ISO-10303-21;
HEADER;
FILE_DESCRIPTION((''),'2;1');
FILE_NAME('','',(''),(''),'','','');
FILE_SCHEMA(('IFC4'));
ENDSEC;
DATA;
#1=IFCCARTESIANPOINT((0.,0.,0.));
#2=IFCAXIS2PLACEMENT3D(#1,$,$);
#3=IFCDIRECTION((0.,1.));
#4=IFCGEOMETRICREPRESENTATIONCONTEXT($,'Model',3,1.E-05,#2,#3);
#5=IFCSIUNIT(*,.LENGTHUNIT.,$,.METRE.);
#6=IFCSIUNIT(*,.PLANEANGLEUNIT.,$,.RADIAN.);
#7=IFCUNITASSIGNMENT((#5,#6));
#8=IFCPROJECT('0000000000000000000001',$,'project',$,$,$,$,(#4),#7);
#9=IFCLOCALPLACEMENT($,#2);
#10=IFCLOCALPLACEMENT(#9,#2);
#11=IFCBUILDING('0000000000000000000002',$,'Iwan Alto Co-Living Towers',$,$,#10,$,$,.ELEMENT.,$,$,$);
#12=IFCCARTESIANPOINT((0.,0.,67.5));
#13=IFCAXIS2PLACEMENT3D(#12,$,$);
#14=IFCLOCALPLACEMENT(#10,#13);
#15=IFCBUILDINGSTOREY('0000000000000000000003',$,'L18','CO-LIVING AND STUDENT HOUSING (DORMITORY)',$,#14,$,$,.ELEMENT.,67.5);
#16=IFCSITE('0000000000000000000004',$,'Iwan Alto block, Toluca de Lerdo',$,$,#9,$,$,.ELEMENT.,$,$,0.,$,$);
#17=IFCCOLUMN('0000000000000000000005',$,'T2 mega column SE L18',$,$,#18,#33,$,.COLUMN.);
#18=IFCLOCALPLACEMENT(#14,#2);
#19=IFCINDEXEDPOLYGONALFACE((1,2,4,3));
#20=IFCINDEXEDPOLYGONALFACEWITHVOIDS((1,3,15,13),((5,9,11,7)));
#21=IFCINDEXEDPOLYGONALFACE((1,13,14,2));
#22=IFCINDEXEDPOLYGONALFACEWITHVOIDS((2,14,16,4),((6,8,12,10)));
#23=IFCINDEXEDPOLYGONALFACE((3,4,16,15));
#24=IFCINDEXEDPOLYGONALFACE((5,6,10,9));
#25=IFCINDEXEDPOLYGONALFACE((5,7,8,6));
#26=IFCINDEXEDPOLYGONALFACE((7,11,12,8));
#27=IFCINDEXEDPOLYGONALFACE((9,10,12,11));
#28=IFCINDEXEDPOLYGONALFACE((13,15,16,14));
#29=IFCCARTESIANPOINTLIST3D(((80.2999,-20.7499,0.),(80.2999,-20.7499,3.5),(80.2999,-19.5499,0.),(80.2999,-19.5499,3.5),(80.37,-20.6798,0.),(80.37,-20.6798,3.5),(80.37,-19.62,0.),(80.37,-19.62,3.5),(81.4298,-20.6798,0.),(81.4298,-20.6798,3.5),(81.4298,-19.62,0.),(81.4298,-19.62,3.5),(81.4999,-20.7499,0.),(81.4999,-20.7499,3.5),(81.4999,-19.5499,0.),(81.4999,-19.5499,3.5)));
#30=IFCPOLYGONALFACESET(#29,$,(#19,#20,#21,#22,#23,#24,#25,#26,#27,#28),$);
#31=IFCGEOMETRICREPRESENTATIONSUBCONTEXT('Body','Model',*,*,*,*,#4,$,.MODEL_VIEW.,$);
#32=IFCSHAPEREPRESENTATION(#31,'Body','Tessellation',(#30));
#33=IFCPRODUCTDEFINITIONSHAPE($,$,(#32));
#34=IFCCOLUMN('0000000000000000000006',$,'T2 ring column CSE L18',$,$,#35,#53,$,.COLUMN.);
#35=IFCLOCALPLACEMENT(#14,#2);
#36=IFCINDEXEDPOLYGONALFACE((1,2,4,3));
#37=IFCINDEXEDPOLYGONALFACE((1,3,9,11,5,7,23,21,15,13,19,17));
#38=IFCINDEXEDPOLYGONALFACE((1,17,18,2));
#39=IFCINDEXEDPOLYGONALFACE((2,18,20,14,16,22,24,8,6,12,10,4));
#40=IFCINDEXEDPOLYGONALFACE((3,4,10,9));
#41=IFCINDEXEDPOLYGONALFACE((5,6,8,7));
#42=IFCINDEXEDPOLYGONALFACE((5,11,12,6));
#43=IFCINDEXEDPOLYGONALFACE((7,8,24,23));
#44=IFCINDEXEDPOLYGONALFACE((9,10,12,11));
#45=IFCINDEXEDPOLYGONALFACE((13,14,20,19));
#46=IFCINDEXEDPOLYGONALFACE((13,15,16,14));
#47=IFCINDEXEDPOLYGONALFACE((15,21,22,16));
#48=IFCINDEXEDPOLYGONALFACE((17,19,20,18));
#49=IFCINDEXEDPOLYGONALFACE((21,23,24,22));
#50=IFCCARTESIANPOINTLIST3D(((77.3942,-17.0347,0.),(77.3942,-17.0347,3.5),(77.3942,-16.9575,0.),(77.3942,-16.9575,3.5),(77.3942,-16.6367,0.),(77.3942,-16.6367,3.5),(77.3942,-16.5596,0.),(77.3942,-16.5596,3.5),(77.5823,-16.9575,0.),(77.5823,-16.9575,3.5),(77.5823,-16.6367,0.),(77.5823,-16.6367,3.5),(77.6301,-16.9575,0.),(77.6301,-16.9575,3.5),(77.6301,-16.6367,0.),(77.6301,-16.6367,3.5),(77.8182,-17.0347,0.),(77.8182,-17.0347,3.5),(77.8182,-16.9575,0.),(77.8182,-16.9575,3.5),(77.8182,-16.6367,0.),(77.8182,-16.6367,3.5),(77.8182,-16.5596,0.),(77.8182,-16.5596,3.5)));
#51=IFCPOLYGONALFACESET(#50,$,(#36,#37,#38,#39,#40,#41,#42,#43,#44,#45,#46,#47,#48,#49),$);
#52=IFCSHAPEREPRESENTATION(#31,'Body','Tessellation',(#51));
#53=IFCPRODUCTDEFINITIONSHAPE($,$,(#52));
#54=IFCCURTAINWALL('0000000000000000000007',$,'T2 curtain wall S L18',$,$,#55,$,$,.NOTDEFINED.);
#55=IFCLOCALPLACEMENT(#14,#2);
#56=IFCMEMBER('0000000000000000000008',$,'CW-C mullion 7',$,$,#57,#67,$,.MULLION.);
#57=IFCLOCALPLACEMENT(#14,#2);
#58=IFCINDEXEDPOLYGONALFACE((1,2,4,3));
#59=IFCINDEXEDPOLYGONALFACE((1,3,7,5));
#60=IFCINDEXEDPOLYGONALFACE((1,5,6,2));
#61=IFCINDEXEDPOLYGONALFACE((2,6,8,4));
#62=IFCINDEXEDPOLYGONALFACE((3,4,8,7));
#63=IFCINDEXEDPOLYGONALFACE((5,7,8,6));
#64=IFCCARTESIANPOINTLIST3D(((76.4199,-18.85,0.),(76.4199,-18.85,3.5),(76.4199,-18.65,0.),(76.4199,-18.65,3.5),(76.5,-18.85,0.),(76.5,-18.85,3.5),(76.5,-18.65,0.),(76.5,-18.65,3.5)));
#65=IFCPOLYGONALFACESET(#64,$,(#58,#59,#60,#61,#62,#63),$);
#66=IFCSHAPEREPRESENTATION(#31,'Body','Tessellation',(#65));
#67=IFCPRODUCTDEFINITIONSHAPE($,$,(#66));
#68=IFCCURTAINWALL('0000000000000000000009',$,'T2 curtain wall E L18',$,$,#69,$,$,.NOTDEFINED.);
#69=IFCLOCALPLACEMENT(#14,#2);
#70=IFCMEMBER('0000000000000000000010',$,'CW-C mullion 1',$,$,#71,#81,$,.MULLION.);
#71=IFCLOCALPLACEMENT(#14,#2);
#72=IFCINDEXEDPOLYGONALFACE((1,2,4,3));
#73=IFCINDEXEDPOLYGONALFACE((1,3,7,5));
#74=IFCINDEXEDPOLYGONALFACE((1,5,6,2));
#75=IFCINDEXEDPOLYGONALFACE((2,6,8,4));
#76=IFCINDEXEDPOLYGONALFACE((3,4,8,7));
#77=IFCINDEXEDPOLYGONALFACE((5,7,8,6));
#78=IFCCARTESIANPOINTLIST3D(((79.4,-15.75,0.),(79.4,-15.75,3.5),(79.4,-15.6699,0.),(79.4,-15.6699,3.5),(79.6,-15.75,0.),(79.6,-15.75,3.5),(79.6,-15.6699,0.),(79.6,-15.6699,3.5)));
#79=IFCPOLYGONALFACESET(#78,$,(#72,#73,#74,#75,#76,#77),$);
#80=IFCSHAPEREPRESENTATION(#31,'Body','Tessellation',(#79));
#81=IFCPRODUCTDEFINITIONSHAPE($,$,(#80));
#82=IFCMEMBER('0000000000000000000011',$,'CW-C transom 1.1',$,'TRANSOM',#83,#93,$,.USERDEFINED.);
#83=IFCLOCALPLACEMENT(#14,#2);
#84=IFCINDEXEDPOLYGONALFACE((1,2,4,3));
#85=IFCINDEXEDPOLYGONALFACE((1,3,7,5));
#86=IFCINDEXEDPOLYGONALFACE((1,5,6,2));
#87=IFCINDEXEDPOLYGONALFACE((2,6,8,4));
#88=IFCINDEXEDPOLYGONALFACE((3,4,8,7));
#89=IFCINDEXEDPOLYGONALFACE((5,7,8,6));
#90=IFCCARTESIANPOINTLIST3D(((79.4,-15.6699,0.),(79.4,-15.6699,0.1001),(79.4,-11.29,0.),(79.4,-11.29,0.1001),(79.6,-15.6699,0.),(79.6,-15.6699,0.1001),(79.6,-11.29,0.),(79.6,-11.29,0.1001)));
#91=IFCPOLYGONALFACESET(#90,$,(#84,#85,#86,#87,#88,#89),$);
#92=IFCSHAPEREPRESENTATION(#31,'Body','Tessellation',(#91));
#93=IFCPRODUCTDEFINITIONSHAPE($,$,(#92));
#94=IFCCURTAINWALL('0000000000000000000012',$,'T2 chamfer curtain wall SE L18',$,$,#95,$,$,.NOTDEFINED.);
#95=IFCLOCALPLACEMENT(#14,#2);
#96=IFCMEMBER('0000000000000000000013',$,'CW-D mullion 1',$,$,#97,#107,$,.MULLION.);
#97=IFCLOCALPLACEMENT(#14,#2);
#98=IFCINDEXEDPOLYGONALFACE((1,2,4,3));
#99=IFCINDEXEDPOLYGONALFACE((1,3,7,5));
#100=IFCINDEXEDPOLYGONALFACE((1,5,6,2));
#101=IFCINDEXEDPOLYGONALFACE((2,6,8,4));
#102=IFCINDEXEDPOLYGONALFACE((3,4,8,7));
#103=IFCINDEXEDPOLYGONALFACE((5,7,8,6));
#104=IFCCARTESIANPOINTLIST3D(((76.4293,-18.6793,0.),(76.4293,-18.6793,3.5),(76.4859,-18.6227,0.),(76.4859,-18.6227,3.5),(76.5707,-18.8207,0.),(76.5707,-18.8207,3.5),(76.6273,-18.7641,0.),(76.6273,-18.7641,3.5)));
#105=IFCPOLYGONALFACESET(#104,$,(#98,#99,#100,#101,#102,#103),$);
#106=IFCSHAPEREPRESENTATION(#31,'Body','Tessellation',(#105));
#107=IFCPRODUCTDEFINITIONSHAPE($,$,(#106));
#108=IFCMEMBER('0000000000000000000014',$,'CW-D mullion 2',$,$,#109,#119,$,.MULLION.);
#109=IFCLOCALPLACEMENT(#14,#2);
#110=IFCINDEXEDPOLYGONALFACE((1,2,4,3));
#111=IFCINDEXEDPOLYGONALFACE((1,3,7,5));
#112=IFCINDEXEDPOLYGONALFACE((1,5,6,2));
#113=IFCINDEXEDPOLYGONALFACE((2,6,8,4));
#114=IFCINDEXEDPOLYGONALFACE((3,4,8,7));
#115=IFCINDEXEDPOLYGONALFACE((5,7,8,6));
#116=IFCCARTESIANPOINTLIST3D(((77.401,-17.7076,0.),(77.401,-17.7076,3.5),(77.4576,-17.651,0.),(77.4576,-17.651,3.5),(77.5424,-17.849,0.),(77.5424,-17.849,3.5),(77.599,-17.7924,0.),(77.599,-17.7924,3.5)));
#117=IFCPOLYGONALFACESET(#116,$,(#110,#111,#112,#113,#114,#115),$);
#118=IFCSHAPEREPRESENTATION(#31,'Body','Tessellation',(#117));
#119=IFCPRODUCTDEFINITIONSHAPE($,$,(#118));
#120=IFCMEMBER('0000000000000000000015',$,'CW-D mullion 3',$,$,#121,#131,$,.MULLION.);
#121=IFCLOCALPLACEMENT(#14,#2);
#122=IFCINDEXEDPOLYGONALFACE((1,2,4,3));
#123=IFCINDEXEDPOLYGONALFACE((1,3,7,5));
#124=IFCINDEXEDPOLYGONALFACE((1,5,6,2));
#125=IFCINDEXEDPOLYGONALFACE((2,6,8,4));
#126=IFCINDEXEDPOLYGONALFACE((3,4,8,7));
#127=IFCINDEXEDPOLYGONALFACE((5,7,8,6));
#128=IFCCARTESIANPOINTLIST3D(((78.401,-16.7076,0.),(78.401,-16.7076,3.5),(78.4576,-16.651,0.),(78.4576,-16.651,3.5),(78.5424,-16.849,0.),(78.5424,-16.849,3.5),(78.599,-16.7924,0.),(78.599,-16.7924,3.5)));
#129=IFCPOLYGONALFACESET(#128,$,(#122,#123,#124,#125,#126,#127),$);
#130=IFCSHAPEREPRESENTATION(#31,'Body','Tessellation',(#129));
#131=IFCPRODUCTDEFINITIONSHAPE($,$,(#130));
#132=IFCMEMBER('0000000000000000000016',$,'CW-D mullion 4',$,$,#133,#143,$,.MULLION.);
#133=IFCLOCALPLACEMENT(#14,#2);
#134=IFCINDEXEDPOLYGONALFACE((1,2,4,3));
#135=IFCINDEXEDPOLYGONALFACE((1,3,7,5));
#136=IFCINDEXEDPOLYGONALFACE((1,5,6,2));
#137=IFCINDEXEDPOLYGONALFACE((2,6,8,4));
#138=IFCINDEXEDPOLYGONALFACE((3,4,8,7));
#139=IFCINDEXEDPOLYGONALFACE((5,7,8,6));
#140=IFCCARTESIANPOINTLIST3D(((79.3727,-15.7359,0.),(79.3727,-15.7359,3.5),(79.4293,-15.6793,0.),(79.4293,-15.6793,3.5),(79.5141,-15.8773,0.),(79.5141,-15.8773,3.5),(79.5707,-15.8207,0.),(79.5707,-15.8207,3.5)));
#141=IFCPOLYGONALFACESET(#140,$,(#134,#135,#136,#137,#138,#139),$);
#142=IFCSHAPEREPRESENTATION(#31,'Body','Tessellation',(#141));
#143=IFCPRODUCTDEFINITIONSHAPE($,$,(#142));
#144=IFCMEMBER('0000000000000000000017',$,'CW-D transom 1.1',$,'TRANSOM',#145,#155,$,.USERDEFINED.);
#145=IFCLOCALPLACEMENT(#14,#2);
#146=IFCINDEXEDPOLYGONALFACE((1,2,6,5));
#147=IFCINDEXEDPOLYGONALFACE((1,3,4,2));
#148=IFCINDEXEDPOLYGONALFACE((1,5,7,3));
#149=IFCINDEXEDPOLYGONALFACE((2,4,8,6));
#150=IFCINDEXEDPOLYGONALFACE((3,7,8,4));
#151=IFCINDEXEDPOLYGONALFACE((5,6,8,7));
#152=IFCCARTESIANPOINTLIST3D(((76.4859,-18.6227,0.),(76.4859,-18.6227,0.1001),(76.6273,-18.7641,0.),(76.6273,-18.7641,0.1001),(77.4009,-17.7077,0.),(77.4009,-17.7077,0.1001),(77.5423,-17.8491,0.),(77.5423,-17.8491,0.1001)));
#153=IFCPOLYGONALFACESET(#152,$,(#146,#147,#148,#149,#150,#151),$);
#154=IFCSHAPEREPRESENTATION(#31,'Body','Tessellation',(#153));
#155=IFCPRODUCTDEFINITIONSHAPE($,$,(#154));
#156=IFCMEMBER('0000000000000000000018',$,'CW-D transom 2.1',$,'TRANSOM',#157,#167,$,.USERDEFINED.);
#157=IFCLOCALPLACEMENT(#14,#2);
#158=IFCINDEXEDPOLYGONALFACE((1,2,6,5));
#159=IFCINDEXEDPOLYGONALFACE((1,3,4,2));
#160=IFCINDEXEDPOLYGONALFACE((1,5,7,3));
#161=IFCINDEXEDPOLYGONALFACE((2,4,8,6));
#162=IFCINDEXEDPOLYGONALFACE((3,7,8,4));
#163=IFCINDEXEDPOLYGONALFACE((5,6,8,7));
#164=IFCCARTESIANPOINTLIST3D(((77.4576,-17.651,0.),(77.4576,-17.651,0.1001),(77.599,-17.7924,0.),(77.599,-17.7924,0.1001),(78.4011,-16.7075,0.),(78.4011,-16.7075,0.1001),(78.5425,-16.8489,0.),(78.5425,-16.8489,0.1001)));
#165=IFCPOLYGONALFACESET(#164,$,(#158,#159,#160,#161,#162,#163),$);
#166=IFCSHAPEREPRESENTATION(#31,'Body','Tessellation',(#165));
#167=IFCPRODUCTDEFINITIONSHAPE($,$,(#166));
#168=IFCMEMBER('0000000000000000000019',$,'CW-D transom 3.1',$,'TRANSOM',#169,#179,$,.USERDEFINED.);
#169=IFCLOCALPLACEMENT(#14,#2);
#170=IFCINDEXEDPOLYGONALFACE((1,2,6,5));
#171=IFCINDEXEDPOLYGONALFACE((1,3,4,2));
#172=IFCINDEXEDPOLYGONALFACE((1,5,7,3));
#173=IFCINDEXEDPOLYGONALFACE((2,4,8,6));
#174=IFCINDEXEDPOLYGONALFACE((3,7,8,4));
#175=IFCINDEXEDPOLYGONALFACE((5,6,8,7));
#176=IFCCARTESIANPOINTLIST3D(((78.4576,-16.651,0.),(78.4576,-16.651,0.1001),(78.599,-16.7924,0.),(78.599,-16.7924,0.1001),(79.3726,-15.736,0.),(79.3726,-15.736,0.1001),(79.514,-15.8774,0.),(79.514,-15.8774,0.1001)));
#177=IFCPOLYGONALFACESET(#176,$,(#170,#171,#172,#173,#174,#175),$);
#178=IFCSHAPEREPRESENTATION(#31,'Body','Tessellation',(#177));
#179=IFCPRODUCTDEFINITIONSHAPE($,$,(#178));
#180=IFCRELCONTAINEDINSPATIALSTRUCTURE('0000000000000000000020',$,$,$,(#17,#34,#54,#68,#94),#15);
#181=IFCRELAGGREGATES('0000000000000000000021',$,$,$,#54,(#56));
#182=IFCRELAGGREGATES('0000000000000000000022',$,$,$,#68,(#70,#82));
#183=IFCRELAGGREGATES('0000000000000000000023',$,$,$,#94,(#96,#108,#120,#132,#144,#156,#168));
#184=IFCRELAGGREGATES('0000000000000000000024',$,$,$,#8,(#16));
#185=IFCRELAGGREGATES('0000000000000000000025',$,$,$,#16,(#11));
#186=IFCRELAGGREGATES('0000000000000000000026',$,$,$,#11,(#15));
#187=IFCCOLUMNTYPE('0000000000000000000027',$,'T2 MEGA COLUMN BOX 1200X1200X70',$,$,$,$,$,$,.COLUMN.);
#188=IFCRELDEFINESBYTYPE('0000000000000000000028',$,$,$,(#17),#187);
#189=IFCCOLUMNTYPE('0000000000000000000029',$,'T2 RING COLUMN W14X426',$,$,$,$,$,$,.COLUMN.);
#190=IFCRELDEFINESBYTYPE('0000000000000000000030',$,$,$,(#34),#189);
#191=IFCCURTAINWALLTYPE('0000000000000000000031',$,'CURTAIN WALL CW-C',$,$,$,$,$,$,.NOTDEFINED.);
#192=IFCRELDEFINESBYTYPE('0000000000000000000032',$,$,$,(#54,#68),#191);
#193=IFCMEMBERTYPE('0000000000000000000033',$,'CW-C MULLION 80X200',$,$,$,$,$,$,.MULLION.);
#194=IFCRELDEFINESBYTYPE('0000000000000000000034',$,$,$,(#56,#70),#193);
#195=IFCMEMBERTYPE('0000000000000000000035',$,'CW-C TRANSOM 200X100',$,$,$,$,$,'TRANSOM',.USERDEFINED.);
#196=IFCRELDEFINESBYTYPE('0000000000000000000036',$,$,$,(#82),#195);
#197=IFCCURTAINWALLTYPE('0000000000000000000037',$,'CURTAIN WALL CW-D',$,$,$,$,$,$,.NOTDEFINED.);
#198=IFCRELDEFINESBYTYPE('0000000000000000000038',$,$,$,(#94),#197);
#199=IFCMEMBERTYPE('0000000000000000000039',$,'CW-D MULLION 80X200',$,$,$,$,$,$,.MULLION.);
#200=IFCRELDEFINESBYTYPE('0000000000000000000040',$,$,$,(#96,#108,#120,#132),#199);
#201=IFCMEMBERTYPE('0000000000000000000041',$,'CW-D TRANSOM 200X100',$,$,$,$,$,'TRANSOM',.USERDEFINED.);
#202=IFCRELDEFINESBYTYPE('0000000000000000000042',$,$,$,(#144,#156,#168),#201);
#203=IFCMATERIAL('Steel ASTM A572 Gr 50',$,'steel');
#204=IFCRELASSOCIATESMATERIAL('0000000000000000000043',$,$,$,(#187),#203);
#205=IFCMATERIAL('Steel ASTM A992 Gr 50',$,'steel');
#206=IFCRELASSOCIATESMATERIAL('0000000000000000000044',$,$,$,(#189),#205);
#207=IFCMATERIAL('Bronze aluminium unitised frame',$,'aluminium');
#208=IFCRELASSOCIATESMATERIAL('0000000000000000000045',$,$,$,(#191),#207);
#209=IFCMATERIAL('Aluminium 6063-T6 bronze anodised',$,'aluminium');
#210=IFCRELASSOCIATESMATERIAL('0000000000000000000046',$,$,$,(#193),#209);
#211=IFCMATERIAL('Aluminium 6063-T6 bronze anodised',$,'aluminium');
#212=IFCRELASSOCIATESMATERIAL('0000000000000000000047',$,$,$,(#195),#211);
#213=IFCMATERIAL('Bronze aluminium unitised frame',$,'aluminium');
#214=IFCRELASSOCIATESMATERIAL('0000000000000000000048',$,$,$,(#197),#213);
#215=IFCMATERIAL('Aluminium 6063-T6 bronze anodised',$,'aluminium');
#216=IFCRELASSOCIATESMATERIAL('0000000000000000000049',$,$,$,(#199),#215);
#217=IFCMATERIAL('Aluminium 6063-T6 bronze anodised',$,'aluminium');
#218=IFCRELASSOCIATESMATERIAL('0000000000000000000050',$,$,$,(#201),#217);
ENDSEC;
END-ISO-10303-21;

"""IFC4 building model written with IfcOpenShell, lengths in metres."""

from ifc_helpers import new_model, si_unit, direction, frame, origin, origin_2d, place, context, subcontext, project, spatial, rectangle, hollow_rectangle, i_section, extrude, material, material_profile, profile_set, type_object, element, aggregate, save


model = new_model("IFC4")

# Units and contexts
model_context = context("Model", 3, precision=1e-05, world=origin(), true_north=direction((0.0, 1.0)))
body_context = subcontext(model_context, "Body", "Model", "MODEL_VIEW")
ifc_project = project(units=[si_unit("LENGTHUNIT", "METRE"), si_unit("PLANEANGLEUNIT", "RADIAN")], contexts=[model_context])

# Site, building, storey
site_placement = place(None, origin())
site = spatial("IfcSite", under=ifc_project, at=site_placement, Name="Iwan Alto block, Toluca de Lerdo", CompositionType="ELEMENT", RefElevation=0.0)
building_placement = place(site_placement, origin())
building = spatial("IfcBuilding", under=site, at=building_placement, Name="Iwan Alto Co-Living Towers", CompositionType="ELEMENT")
storey_placement = place(building_placement, frame((0.0, 0.0, 67.5)))
storey = spatial("IfcBuildingStorey", under=building, at=storey_placement, Name="L18", Description="CO-LIVING AND STUDENT HOUSING (DORMITORY)", CompositionType="ELEMENT", Elevation=67.5)

# Columns
ifc_material_1 = material(Name="Steel ASTM A572 Gr 50", Category="steel")
ifc_material_profile_1 = material_profile(ifc_material_1, hollow_rectangle(XDim=1.2, YDim=1.2, WallThickness=0.0701, at=origin_2d()), Name="BOX 1200X1200X70")
ifc_profile_set_1 = profile_set([ifc_material_profile_1], Name="Steel ASTM A572 Gr 50")
column_type_1 = type_object("IfcColumnType", Name="T2 MEGA COLUMN BOX 1200X1200X70", PredefinedType="COLUMN", material=ifc_profile_set_1)
column_1_placement = place(storey_placement, frame((80.8999, -20.1499, 0.0), z_axis=(0.0, 0.0, 1.0), x_axis=(1.0, 0.0, 0.0)))
element("IfcColumn", 1, at=column_1_placement, inside=storey, type_object=column_type_1, Name="T2 mega column SE L18", PredefinedType="COLUMN", context=body_context, shape_type="SweptSolid", body=[
    extrude(hollow_rectangle(XDim=1.2, YDim=1.2, WallThickness=0.0701, at=origin_2d()), origin(), (0.0, 0.0, 1.0), 3.5),
])
ifc_material_2 = material(Name="Steel ASTM A992 Gr 50", Category="steel")
ifc_material_profile_2 = material_profile(ifc_material_2, i_section(OverallWidth=0.4241, OverallDepth=0.4751, WebThickness=0.0479, FlangeThickness=0.0771, at=origin_2d()), Name="W14X426")
ifc_profile_set_2 = profile_set([ifc_material_profile_2], Name="Steel ASTM A992 Gr 50")
column_type_2 = type_object("IfcColumnType", Name="T2 RING COLUMN W14X426", PredefinedType="COLUMN", material=ifc_profile_set_2)
column_2_placement = place(storey_placement, frame((77.6062, -16.7971, 0.0), z_axis=(0.0, 0.0, 1.0), x_axis=(1.0, 0.0, 0.0)))
element("IfcColumn", 2, at=column_2_placement, inside=storey, type_object=column_type_2, Name="T2 ring column CSE L18", PredefinedType="COLUMN", context=body_context, shape_type="SweptSolid", body=[
    extrude(i_section(OverallWidth=0.4241, OverallDepth=0.4751, WebThickness=0.0479, FlangeThickness=0.0771, at=origin_2d()), origin(), (0.0, 0.0, 1.0), 3.5),
])

# Curtain wall, member
ifc_material_3 = material(Name="Bronze aluminium unitised frame", Category="aluminium")
curtain_wall_type_1 = type_object("IfcCurtainWallType", Name="CURTAIN WALL CW-C", PredefinedType="NOTDEFINED", material=ifc_material_3)
curtain_wall_1_placement = place(storey_placement, origin())
curtain_wall_1 = element("IfcCurtainWall", 3, at=curtain_wall_1_placement, inside=storey, type_object=curtain_wall_type_1, Name="T2 curtain wall S L18", PredefinedType="NOTDEFINED")
ifc_material_4 = material(Name="Aluminium 6063-T6 bronze anodised", Category="aluminium")
ifc_material_profile_3 = material_profile(ifc_material_4, rectangle(XDim=0.2, YDim=0.0801, at=origin_2d()), Name="AL 80X200")
ifc_profile_set_3 = profile_set([ifc_material_profile_3], Name="Aluminium 6063-T6 bronze anodised")
member_type_1 = type_object("IfcMemberType", Name="CW-C MULLION 80X200", PredefinedType="MULLION", material=ifc_profile_set_3)
member_1_placement = place(storey_placement, frame((76.46, -18.75, 0.0), z_axis=(0.0, 0.0, 1.0), x_axis=(0.0, 1.0, 0.0)))
member_1 = element("IfcMember", 4, at=member_1_placement, type_object=member_type_1, Name="CW-C mullion 7", PredefinedType="MULLION", context=body_context, shape_type="SweptSolid", body=[
    extrude(rectangle(XDim=0.2, YDim=0.0801, at=origin_2d()), origin(), (0.0, 0.0, 1.0), 3.5),
])

# Curtain walls, members
curtain_wall_2_placement = place(storey_placement, origin())
curtain_wall_2 = element("IfcCurtainWall", 5, at=curtain_wall_2_placement, inside=storey, type_object=curtain_wall_type_1, Name="T2 curtain wall E L18", PredefinedType="NOTDEFINED")
member_2_placement = place(storey_placement, frame((79.5, -15.71, 0.0), z_axis=(0.0, 0.0, 1.0), x_axis=(-1.0, 0.0, 0.0)))
member_2 = element("IfcMember", 6, at=member_2_placement, type_object=member_type_1, Name="CW-C mullion 1", PredefinedType="MULLION", context=body_context, shape_type="SweptSolid", body=[
    extrude(rectangle(XDim=0.2, YDim=0.0801, at=origin_2d()), origin(), (0.0, 0.0, 1.0), 3.5),
])
ifc_material_5 = material(Name="Aluminium 6063-T6 bronze anodised", Category="aluminium")
ifc_material_profile_4 = material_profile(ifc_material_5, rectangle(XDim=0.2, YDim=0.1001, at=origin_2d()), Name="AL 200X100")
ifc_profile_set_4 = profile_set([ifc_material_profile_4], Name="Aluminium 6063-T6 bronze anodised")
member_type_2 = type_object("IfcMemberType", Name="CW-C TRANSOM 200X100", ElementType="TRANSOM", PredefinedType="USERDEFINED", material=ifc_profile_set_4)
member_3_placement = place(storey_placement, frame((79.5, -15.6699, 0.05), z_axis=(0.0, 1.0, 0.0), x_axis=(-1.0, 0.0, 0.0)))
member_3 = element("IfcMember", 7, at=member_3_placement, type_object=member_type_2, Name="CW-C transom 1.1", ObjectType="TRANSOM", PredefinedType="USERDEFINED", context=body_context, shape_type="SweptSolid", body=[
    extrude(rectangle(XDim=0.2, YDim=0.1001, at=origin_2d()), origin(), (0.0, 0.0, 1.0), 4.3799),
])
ifc_material_6 = material(Name="Bronze aluminium unitised frame", Category="aluminium")
curtain_wall_type_2 = type_object("IfcCurtainWallType", Name="CURTAIN WALL CW-D", PredefinedType="NOTDEFINED", material=ifc_material_6)
curtain_wall_3_placement = place(storey_placement, origin())
curtain_wall_3 = element("IfcCurtainWall", 8, at=curtain_wall_3_placement, inside=storey, type_object=curtain_wall_type_2, Name="T2 chamfer curtain wall SE L18", PredefinedType="NOTDEFINED")
ifc_material_7 = material(Name="Aluminium 6063-T6 bronze anodised", Category="aluminium")
ifc_material_profile_5 = material_profile(ifc_material_7, rectangle(XDim=0.2, YDim=0.0801, at=origin_2d()), Name="AL 80X200")
ifc_profile_set_5 = profile_set([ifc_material_profile_5], Name="Aluminium 6063-T6 bronze anodised")
member_type_3 = type_object("IfcMemberType", Name="CW-D MULLION 80X200", PredefinedType="MULLION", material=ifc_profile_set_5)
member_4_placement = place(storey_placement, frame((76.5283, -18.7217, 0.0), z_axis=(0.0, 0.0, 1.0), x_axis=(-0.707107, 0.707107, 0.0)))
member_4 = element("IfcMember", 9, at=member_4_placement, type_object=member_type_3, Name="CW-D mullion 1", PredefinedType="MULLION", context=body_context, shape_type="SweptSolid", body=[
    extrude(rectangle(XDim=0.2, YDim=0.0801, at=origin_2d()), origin(), (0.0, 0.0, 1.0), 3.5),
])
member_5_placement = place(storey_placement, frame((77.5, -17.75, 0.0), z_axis=(0.0, 0.0, 1.0), x_axis=(-0.707107, 0.707107, 0.0)))
member_5 = element("IfcMember", 10, at=member_5_placement, type_object=member_type_3, Name="CW-D mullion 2", PredefinedType="MULLION", context=body_context, shape_type="SweptSolid", body=[
    extrude(rectangle(XDim=0.2, YDim=0.0801, at=origin_2d()), origin(), (0.0, 0.0, 1.0), 3.5),
])
member_6_placement = place(storey_placement, frame((78.5, -16.75, 0.0), z_axis=(0.0, 0.0, 1.0), x_axis=(-0.707107, 0.707107, 0.0)))
member_6 = element("IfcMember", 11, at=member_6_placement, type_object=member_type_3, Name="CW-D mullion 3", PredefinedType="MULLION", context=body_context, shape_type="SweptSolid", body=[
    extrude(rectangle(XDim=0.2, YDim=0.0801, at=origin_2d()), origin(), (0.0, 0.0, 1.0), 3.5),
])
member_7_placement = place(storey_placement, frame((79.4717, -15.7783, 0.0), z_axis=(0.0, 0.0, 1.0), x_axis=(-0.707107, 0.707107, 0.0)))
member_7 = element("IfcMember", 12, at=member_7_placement, type_object=member_type_3, Name="CW-D mullion 4", PredefinedType="MULLION", context=body_context, shape_type="SweptSolid", body=[
    extrude(rectangle(XDim=0.2, YDim=0.0801, at=origin_2d()), origin(), (0.0, 0.0, 1.0), 3.5),
])
ifc_material_8 = material(Name="Aluminium 6063-T6 bronze anodised", Category="aluminium")
ifc_material_profile_6 = material_profile(ifc_material_8, rectangle(XDim=0.2, YDim=0.1001, at=origin_2d()), Name="AL 200X100")
ifc_profile_set_6 = profile_set([ifc_material_profile_6], Name="Aluminium 6063-T6 bronze anodised")
member_type_4 = type_object("IfcMemberType", Name="CW-D TRANSOM 200X100", ElementType="TRANSOM", PredefinedType="USERDEFINED", material=ifc_profile_set_6)
member_8_placement = place(storey_placement, frame((76.5566, -18.6934, 0.05), z_axis=(0.707107, 0.707107, 0.0), x_axis=(-0.707107, 0.707107, 0.0)))
member_8 = element("IfcMember", 13, at=member_8_placement, type_object=member_type_4, Name="CW-D transom 1.1", ObjectType="TRANSOM", PredefinedType="USERDEFINED", context=body_context, shape_type="SweptSolid", body=[
    extrude(rectangle(XDim=0.2, YDim=0.1001, at=origin_2d()), origin(), (0.0, 0.0, 1.0), 1.2939),
])
member_9_placement = place(storey_placement, frame((77.5283, -17.7217, 0.05), z_axis=(0.707107, 0.707107, 0.0), x_axis=(-0.707107, 0.707107, 0.0)))
member_9 = element("IfcMember", 14, at=member_9_placement, type_object=member_type_4, Name="CW-D transom 2.1", ObjectType="TRANSOM", PredefinedType="USERDEFINED", context=body_context, shape_type="SweptSolid", body=[
    extrude(rectangle(XDim=0.2, YDim=0.1001, at=origin_2d()), origin(), (0.0, 0.0, 1.0), 1.3342),
])
member_10_placement = place(storey_placement, frame((78.5283, -16.7217, 0.05), z_axis=(0.707107, 0.707107, 0.0), x_axis=(-0.707107, 0.707107, 0.0)))
member_10 = element("IfcMember", 15, at=member_10_placement, type_object=member_type_4, Name="CW-D transom 3.1", ObjectType="TRANSOM", PredefinedType="USERDEFINED", context=body_context, shape_type="SweptSolid", body=[
    extrude(rectangle(XDim=0.2, YDim=0.1001, at=origin_2d()), origin(), (0.0, 0.0, 1.0), 1.2939),
])

aggregate(curtain_wall_1, [member_1])
aggregate(curtain_wall_2, [member_2, member_3])
aggregate(curtain_wall_3, [member_4, member_5, member_6, member_7, member_8, member_9, member_10])

save(model, "model.ifc")
